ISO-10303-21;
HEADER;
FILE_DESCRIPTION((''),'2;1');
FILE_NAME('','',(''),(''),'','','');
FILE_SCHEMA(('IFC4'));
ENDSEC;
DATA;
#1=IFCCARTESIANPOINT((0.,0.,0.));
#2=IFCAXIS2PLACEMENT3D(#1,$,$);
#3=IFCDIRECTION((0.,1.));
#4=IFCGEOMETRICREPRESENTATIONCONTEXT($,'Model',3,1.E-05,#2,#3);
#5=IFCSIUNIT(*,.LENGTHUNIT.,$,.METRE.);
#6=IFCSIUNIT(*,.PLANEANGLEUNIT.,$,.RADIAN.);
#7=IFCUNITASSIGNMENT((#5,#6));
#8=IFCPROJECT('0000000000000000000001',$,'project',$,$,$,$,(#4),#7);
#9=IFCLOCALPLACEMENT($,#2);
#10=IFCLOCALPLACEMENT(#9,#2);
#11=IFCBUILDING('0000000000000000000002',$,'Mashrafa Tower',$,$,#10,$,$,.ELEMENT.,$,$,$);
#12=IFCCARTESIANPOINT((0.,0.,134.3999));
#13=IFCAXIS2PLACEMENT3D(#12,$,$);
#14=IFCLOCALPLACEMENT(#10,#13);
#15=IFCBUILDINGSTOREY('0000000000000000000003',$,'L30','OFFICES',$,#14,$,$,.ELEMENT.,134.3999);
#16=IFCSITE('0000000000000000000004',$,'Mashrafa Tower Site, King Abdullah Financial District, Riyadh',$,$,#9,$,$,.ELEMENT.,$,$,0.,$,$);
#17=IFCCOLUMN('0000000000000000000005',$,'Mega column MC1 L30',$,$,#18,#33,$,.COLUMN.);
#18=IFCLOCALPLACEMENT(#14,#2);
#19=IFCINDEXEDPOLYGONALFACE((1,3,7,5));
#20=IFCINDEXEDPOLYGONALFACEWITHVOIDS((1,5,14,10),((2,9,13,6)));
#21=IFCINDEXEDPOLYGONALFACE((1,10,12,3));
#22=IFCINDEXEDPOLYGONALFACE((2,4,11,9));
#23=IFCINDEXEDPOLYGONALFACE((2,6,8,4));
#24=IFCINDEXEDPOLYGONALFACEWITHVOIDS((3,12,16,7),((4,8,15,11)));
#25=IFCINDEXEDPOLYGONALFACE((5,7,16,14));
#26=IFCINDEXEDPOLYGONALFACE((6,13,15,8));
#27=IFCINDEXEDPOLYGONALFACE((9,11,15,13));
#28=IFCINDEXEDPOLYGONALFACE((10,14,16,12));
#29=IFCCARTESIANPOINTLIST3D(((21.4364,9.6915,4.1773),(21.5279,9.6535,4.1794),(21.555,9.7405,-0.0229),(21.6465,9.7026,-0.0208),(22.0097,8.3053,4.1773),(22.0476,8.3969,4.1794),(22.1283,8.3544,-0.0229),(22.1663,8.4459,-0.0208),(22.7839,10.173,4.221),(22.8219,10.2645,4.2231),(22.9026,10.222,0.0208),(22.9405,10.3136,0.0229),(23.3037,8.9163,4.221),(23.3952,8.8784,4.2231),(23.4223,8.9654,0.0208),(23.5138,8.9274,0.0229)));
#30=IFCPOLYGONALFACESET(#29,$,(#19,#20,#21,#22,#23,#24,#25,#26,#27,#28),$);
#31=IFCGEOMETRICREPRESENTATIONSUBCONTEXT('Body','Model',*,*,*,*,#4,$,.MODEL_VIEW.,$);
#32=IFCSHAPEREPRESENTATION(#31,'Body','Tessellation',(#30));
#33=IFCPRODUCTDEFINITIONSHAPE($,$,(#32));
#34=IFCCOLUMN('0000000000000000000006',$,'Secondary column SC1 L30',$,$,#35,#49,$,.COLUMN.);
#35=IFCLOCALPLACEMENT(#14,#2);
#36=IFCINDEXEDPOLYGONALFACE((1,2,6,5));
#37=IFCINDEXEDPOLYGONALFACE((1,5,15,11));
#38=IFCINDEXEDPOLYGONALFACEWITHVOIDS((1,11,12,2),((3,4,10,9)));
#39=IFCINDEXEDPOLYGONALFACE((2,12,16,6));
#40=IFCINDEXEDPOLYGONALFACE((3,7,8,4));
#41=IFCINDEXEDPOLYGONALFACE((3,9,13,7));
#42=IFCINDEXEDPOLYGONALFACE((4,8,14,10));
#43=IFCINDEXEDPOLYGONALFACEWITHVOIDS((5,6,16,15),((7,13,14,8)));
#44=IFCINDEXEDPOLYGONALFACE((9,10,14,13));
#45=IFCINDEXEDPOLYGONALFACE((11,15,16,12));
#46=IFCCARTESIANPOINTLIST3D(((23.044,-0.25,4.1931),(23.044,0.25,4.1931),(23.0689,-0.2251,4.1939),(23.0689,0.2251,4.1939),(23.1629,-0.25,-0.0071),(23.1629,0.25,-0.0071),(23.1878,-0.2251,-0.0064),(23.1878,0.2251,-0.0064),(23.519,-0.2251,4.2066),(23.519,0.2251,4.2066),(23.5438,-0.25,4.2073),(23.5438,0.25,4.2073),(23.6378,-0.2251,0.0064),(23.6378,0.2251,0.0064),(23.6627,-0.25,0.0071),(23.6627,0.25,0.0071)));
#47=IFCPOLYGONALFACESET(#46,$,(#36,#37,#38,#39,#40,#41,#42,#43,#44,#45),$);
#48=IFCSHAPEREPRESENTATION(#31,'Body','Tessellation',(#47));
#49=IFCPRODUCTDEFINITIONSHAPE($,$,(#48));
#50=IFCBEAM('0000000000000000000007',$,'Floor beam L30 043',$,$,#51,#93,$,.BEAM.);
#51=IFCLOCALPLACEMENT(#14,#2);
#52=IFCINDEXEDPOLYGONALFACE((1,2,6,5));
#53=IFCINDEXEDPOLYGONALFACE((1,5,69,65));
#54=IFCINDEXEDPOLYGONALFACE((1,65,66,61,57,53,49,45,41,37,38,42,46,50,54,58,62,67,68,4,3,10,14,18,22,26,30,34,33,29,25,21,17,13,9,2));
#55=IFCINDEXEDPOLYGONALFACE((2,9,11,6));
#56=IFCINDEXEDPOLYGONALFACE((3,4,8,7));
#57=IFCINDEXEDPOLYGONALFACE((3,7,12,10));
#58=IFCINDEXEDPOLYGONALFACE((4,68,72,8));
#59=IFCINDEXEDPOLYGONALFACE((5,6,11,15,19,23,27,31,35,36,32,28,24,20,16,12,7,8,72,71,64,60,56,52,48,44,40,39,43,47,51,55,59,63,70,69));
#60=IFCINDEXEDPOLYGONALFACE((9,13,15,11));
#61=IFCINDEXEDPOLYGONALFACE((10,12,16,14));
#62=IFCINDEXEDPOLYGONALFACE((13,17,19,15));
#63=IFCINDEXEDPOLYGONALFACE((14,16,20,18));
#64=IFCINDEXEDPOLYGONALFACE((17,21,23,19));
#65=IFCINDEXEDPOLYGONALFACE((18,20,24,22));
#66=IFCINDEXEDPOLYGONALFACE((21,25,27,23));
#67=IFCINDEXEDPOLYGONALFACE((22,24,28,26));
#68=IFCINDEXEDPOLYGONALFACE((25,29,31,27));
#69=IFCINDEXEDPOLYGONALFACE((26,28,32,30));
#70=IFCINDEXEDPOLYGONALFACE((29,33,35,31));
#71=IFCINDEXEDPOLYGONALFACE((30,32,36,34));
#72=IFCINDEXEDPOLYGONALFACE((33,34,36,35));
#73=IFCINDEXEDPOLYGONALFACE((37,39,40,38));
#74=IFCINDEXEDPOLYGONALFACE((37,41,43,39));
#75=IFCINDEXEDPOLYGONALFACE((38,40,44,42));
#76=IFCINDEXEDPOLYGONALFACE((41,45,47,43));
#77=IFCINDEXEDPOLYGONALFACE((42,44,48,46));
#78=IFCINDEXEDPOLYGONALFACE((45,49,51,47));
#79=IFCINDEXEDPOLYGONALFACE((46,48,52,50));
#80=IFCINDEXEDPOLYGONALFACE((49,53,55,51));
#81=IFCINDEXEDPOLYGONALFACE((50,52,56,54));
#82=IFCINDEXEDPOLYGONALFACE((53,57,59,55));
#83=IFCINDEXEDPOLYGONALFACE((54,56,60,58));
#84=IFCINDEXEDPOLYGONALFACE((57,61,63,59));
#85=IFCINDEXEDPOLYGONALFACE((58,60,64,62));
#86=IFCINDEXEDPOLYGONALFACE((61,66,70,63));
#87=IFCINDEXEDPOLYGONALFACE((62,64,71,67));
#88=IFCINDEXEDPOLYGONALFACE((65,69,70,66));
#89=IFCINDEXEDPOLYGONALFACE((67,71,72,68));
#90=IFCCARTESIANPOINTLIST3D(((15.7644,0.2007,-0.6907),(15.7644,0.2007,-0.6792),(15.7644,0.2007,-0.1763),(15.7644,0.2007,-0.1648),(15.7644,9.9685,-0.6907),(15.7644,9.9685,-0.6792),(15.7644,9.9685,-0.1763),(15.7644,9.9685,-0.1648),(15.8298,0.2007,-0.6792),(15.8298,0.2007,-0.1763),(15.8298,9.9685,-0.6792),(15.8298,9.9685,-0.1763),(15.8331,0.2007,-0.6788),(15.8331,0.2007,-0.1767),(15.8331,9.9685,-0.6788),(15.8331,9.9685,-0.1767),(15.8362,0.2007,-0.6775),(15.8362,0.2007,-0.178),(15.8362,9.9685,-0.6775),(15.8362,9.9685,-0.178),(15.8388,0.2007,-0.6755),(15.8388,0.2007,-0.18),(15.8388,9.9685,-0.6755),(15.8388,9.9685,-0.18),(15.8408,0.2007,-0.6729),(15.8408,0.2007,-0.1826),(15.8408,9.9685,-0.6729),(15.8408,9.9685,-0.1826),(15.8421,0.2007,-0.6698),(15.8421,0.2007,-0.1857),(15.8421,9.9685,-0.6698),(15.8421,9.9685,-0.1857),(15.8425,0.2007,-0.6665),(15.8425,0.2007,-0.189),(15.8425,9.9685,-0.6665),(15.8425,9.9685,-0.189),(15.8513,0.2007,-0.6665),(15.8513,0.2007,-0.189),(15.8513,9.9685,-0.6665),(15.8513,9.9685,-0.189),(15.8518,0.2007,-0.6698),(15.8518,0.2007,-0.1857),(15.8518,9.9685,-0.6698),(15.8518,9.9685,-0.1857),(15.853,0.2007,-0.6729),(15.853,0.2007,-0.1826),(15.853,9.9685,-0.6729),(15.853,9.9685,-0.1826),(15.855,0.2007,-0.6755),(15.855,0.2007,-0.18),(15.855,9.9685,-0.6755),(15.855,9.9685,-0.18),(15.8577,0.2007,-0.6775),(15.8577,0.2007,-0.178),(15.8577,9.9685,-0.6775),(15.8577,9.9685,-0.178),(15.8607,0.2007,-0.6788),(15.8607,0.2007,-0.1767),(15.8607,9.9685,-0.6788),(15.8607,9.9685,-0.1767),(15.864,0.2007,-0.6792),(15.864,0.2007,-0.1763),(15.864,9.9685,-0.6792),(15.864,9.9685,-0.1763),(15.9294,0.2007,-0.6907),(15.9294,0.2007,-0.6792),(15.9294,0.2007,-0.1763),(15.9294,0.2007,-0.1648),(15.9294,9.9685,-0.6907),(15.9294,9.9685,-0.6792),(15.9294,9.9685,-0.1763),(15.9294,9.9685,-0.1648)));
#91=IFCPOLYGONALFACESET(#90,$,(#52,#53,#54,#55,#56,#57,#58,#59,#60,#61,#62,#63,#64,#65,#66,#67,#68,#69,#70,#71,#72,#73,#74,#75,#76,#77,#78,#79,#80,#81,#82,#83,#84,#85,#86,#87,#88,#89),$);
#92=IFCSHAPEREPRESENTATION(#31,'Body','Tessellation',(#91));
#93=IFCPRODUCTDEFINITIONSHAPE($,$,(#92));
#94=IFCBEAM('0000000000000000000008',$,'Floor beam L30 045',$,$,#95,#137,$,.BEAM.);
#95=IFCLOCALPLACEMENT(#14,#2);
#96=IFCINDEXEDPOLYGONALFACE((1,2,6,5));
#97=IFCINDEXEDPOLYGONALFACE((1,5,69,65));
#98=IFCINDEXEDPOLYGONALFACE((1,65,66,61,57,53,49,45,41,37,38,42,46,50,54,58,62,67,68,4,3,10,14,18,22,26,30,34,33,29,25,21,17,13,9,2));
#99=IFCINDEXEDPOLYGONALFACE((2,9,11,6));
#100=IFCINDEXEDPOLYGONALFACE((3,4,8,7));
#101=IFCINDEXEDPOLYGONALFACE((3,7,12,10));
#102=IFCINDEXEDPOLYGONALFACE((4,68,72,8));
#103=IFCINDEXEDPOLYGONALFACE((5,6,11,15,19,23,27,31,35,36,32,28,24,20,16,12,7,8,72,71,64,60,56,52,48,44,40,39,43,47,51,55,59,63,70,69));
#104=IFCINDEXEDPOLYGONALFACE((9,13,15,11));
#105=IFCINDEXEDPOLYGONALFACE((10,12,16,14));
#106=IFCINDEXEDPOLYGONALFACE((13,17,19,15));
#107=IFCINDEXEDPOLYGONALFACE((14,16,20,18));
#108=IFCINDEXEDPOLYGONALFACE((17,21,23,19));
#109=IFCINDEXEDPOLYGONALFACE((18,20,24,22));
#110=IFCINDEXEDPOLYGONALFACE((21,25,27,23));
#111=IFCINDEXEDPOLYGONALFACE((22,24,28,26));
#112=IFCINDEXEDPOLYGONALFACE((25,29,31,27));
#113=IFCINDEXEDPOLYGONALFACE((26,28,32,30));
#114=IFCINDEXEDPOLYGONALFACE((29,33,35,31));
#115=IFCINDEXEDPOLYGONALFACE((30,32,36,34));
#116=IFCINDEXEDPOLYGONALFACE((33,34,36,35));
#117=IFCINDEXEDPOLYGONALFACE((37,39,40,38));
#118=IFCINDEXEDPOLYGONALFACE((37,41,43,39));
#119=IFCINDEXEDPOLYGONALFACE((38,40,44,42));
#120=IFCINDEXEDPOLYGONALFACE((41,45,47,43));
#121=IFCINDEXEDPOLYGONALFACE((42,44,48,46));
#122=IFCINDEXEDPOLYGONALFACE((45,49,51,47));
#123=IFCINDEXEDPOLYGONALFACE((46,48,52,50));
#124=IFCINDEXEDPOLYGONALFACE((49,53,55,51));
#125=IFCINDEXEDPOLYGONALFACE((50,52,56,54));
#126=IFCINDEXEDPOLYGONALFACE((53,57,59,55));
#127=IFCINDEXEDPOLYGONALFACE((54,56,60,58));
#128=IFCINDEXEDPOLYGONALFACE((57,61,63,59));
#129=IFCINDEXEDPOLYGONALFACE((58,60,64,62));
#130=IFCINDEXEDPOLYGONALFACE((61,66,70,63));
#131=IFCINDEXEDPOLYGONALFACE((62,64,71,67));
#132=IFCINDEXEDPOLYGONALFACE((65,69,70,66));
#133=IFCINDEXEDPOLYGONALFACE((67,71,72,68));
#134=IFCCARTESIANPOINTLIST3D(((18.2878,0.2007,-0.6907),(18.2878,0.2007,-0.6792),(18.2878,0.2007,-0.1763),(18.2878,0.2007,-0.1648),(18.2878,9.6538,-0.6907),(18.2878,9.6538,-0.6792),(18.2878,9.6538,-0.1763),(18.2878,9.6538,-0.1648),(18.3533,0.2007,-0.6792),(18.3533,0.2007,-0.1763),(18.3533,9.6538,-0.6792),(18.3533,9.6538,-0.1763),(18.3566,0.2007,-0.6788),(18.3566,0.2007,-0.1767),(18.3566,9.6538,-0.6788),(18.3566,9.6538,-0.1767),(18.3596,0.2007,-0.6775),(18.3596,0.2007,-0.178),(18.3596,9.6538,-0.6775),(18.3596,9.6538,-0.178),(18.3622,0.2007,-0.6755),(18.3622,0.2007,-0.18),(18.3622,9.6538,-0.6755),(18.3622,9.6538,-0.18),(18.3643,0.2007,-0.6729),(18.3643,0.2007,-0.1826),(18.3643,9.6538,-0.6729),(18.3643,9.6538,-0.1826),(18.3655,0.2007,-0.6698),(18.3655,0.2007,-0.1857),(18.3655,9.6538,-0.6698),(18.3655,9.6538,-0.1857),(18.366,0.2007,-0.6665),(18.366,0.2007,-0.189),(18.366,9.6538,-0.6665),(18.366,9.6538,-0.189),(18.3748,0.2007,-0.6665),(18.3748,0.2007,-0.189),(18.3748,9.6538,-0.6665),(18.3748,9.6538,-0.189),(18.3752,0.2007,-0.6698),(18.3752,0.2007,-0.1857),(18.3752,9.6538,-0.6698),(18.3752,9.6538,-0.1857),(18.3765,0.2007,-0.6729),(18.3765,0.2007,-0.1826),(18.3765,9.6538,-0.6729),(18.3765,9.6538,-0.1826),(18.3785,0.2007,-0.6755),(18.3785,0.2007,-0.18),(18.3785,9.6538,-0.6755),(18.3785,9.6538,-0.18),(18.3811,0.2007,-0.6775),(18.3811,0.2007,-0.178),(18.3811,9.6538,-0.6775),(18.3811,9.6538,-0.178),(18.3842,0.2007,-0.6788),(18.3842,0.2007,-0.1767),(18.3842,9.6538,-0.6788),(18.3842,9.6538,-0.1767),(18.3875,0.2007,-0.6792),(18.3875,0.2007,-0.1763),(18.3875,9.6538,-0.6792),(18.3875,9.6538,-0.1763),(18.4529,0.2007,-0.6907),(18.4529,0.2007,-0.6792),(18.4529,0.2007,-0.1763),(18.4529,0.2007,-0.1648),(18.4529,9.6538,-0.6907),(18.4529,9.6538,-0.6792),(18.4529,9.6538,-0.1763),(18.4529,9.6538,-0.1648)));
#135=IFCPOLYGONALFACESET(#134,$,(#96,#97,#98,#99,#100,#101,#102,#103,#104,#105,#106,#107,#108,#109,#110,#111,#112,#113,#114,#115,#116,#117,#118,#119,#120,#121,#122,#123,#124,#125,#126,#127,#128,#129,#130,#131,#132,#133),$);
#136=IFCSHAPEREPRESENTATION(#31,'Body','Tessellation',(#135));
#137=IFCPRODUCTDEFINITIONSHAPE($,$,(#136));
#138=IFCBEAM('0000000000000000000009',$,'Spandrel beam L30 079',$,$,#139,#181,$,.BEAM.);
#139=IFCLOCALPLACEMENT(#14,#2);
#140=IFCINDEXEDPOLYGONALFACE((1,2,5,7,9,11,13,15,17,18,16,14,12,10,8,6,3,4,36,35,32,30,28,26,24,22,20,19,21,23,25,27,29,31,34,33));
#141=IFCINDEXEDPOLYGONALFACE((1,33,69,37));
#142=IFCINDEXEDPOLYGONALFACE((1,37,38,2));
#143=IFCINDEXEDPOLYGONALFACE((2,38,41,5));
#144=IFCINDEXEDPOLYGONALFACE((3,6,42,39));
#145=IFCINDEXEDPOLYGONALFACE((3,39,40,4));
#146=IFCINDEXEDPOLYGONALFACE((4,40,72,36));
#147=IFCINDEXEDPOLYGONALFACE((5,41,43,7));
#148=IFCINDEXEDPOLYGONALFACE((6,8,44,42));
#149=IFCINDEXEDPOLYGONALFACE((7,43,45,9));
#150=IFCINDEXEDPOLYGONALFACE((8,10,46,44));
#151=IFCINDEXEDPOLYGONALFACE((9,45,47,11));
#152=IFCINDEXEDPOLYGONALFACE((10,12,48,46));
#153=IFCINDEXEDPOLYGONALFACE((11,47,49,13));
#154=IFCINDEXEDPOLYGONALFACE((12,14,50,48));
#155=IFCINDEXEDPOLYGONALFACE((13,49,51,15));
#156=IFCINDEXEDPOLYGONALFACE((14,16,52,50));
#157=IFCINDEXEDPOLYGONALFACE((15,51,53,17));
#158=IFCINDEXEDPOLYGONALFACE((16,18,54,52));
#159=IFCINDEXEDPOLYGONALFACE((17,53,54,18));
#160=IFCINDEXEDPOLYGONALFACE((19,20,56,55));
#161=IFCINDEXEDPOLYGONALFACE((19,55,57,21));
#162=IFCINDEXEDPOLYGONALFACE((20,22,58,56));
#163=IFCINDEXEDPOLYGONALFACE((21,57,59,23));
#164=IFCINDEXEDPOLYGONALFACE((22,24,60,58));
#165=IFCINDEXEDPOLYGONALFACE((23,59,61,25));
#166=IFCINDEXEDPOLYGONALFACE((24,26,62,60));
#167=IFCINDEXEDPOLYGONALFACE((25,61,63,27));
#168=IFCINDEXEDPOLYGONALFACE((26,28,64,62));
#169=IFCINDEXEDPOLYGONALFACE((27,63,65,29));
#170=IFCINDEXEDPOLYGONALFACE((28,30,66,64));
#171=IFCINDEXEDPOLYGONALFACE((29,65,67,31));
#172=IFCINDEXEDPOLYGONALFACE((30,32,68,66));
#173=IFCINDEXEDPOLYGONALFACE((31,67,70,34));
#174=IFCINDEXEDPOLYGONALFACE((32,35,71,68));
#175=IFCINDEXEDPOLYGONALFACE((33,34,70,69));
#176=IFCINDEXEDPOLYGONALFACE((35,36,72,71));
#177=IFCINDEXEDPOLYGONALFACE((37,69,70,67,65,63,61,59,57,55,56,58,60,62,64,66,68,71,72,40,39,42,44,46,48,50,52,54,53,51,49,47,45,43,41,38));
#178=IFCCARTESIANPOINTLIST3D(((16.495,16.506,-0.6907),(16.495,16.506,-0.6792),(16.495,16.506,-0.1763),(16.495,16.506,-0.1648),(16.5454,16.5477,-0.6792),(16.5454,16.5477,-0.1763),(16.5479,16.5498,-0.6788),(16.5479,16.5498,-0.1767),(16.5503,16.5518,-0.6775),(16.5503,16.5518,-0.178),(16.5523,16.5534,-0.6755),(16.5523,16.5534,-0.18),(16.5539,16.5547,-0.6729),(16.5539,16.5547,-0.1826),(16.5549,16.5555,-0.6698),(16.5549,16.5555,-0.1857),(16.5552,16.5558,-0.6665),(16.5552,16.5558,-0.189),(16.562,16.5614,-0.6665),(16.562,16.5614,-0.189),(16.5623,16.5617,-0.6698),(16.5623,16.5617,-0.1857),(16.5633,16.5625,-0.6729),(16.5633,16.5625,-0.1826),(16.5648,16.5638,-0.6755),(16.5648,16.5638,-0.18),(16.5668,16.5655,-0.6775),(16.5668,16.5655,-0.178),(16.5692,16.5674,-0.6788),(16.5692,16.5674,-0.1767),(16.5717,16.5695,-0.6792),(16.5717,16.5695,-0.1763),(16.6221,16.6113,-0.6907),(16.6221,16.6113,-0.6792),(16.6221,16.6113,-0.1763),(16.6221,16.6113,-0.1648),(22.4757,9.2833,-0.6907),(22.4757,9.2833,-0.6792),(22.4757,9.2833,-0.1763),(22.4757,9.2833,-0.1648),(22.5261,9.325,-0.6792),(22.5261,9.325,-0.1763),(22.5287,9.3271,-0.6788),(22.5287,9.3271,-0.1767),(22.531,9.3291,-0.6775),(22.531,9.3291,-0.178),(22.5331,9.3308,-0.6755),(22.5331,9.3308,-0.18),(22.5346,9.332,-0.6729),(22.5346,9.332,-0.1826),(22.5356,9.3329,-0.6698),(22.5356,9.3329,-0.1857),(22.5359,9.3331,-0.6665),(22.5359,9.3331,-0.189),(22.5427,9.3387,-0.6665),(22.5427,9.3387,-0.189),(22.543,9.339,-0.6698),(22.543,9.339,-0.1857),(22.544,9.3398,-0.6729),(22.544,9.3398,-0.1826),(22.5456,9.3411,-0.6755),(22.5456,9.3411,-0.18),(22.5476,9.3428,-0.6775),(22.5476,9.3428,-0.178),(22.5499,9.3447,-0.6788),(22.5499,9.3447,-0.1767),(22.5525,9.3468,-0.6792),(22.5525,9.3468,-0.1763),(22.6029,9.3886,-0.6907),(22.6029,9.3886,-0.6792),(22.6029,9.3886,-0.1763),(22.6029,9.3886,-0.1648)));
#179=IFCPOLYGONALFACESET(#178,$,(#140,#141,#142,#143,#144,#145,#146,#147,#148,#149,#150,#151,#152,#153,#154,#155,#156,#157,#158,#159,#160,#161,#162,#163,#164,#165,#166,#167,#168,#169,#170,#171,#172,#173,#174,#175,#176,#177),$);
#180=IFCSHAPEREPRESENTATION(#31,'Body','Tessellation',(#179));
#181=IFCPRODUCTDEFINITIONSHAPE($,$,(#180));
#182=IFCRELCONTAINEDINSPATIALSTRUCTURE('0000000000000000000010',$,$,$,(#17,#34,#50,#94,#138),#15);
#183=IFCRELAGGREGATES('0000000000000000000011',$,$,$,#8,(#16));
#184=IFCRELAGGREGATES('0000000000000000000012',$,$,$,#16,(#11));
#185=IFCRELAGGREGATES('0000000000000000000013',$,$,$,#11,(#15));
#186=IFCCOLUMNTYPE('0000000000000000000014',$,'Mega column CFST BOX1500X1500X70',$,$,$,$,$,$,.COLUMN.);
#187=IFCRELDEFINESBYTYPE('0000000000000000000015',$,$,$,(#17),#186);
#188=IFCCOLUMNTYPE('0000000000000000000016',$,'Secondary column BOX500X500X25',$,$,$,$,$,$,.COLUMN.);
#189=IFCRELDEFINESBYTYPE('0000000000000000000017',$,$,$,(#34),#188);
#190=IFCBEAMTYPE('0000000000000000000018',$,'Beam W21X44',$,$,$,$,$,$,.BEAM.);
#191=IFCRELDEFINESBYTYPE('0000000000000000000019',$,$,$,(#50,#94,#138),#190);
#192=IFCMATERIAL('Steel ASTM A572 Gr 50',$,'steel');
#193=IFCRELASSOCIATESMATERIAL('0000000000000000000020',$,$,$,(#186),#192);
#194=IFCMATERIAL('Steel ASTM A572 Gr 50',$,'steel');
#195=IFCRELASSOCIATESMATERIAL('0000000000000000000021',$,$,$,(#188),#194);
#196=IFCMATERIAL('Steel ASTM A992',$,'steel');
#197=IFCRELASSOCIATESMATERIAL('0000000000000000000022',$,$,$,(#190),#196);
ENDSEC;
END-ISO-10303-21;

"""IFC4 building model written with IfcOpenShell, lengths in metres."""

from ifc_helpers import new_model, si_unit, direction, frame, origin, origin_2d, place, context, subcontext, project, spatial, hollow_rectangle, i_section, extrude, material, material_profile, profile_set, type_object, element, save


model = new_model("IFC4")

# Units and contexts
model_context = context("Model", 3, precision=1e-05, world=origin(), true_north=direction((0.0, 1.0)))
body_context = subcontext(model_context, "Body", "Model", "MODEL_VIEW")
ifc_project = project(units=[si_unit("LENGTHUNIT", "METRE"), si_unit("PLANEANGLEUNIT", "RADIAN")], contexts=[model_context])

# Site, building, storey
site_placement = place(None, origin())
site = spatial("IfcSite", under=ifc_project, at=site_placement, Name="Mashrafa Tower Site, King Abdullah Financial District, Riyadh", CompositionType="ELEMENT", RefElevation=0.0)
building_placement = place(site_placement, origin())
building = spatial("IfcBuilding", under=site, at=building_placement, Name="Mashrafa Tower", CompositionType="ELEMENT")
storey_placement = place(building_placement, frame((0.0, 0.0, 134.3999)))
storey = spatial("IfcBuildingStorey", under=building, at=storey_placement, Name="L30", Description="OFFICES", CompositionType="ELEMENT", Elevation=134.3999)

# Columns
ifc_material_1 = material(Name="Steel ASTM A572 Gr 50", Category="steel")
ifc_material_profile_1 = material_profile(ifc_material_1, hollow_rectangle(XDim=1.5, YDim=1.5, WallThickness=0.0701, at=origin_2d()), Name="BOX1500X1500X70")
ifc_profile_set_1 = profile_set([ifc_material_profile_1], Name="Steel ASTM A572 Gr 50")
column_type_1 = type_object("IfcColumnType", Name="Mega column CFST BOX1500X1500X70", PredefinedType="COLUMN", material=ifc_profile_set_1)
column_1_placement = place(storey_placement, frame((22.5344, 9.334, 0.0), z_axis=(-0.028236, -0.011678, 0.999533), x_axis=(0.382184, -0.924086, 0.0)))
element("IfcColumn", 1, at=column_1_placement, inside=storey, type_object=column_type_1, Name="Mega column MC1 L30", PredefinedType="COLUMN", context=body_context, shape_type="SweptSolid", body=[
    extrude(hollow_rectangle(XDim=1.5, YDim=1.5, WallThickness=0.0701, at=origin_2d()), origin(), (0.0, 0.0, 1.0), 4.2021),
])
ifc_material_2 = material(Name="Steel ASTM A572 Gr 50", Category="steel")
ifc_material_profile_2 = material_profile(ifc_material_2, hollow_rectangle(XDim=0.5, YDim=0.5, WallThickness=0.0249, at=origin_2d()), Name="BOX500X500X25")
ifc_profile_set_2 = profile_set([ifc_material_profile_2], Name="Steel ASTM A572 Gr 50")
column_type_2 = type_object("IfcColumnType", Name="Secondary column BOX500X500X25", PredefinedType="COLUMN", material=ifc_profile_set_2)
column_2_placement = place(storey_placement, frame((23.4128, 0.0, 0.0), z_axis=(-0.028296, 0.0, 0.9996), x_axis=(0.0, -1.0, 0.0)))
element("IfcColumn", 2, at=column_2_placement, inside=storey, type_object=column_type_2, Name="Secondary column SC1 L30", PredefinedType="COLUMN", context=body_context, shape_type="SweptSolid", body=[
    extrude(hollow_rectangle(XDim=0.5, YDim=0.5, WallThickness=0.0249, at=origin_2d()), origin(), (0.0, 0.0, 1.0), 4.2019),
])

# Beams
ifc_material_3 = material(Name="Steel ASTM A992", Category="steel")
ifc_material_profile_3 = material_profile(ifc_material_3, i_section(OverallWidth=0.165, OverallDepth=0.5259, WebThickness=0.0088, FlangeThickness=0.0115, FilletRadius=0.0127, at=origin_2d()), Name="W21X44")
ifc_profile_set_3 = profile_set([ifc_material_profile_3], Name="Steel ASTM A992")
beam_type_1 = type_object("IfcBeamType", Name="Beam W21X44", PredefinedType="BEAM", material=ifc_profile_set_3)
beam_1_placement = place(storey_placement, frame((15.8469, 9.9685, -0.4277), z_axis=(0.0, -1.0, 0.0), x_axis=(1.0, 0.0, 0.0)))
element("IfcBeam", 3, at=beam_1_placement, inside=storey, type_object=beam_type_1, Name="Floor beam L30 043", PredefinedType="BEAM", context=body_context, shape_type="SweptSolid", body=[
    extrude(i_section(OverallWidth=0.165, OverallDepth=0.5259, WebThickness=0.0088, FlangeThickness=0.0115, FilletRadius=0.0127, at=origin_2d()), origin(), (0.0, 0.0, 1.0), 9.7678),
])
beam_2_placement = place(storey_placement, frame((18.3704, 9.6538, -0.4277), z_axis=(0.0, -1.0, 0.0), x_axis=(1.0, 0.0, 0.0)))
element("IfcBeam", 4, at=beam_2_placement, inside=storey, type_object=beam_type_1, Name="Floor beam L30 045", PredefinedType="BEAM", context=body_context, shape_type="SweptSolid", body=[
    extrude(i_section(OverallWidth=0.165, OverallDepth=0.5259, WebThickness=0.0088, FlangeThickness=0.0115, FilletRadius=0.0127, at=origin_2d()), origin(), (0.0, 0.0, 1.0), 9.4531),
])
beam_3_placement = place(storey_placement, frame((22.5393, 9.3359, -0.4277), z_axis=(-0.637779, 0.770219, 0.0), x_axis=(-0.770219, -0.637779, 0.0)))
element("IfcBeam", 5, at=beam_3_placement, inside=storey, type_object=beam_type_1, Name="Spandrel beam L30 079", PredefinedType="BEAM", context=body_context, shape_type="SweptSolid", body=[
    extrude(i_section(OverallWidth=0.165, OverallDepth=0.5259, WebThickness=0.0088, FlangeThickness=0.0115, FilletRadius=0.0127, at=origin_2d()), origin(), (0.0, 0.0, 1.0), 9.3774),
])

save(model, "model.ifc")
